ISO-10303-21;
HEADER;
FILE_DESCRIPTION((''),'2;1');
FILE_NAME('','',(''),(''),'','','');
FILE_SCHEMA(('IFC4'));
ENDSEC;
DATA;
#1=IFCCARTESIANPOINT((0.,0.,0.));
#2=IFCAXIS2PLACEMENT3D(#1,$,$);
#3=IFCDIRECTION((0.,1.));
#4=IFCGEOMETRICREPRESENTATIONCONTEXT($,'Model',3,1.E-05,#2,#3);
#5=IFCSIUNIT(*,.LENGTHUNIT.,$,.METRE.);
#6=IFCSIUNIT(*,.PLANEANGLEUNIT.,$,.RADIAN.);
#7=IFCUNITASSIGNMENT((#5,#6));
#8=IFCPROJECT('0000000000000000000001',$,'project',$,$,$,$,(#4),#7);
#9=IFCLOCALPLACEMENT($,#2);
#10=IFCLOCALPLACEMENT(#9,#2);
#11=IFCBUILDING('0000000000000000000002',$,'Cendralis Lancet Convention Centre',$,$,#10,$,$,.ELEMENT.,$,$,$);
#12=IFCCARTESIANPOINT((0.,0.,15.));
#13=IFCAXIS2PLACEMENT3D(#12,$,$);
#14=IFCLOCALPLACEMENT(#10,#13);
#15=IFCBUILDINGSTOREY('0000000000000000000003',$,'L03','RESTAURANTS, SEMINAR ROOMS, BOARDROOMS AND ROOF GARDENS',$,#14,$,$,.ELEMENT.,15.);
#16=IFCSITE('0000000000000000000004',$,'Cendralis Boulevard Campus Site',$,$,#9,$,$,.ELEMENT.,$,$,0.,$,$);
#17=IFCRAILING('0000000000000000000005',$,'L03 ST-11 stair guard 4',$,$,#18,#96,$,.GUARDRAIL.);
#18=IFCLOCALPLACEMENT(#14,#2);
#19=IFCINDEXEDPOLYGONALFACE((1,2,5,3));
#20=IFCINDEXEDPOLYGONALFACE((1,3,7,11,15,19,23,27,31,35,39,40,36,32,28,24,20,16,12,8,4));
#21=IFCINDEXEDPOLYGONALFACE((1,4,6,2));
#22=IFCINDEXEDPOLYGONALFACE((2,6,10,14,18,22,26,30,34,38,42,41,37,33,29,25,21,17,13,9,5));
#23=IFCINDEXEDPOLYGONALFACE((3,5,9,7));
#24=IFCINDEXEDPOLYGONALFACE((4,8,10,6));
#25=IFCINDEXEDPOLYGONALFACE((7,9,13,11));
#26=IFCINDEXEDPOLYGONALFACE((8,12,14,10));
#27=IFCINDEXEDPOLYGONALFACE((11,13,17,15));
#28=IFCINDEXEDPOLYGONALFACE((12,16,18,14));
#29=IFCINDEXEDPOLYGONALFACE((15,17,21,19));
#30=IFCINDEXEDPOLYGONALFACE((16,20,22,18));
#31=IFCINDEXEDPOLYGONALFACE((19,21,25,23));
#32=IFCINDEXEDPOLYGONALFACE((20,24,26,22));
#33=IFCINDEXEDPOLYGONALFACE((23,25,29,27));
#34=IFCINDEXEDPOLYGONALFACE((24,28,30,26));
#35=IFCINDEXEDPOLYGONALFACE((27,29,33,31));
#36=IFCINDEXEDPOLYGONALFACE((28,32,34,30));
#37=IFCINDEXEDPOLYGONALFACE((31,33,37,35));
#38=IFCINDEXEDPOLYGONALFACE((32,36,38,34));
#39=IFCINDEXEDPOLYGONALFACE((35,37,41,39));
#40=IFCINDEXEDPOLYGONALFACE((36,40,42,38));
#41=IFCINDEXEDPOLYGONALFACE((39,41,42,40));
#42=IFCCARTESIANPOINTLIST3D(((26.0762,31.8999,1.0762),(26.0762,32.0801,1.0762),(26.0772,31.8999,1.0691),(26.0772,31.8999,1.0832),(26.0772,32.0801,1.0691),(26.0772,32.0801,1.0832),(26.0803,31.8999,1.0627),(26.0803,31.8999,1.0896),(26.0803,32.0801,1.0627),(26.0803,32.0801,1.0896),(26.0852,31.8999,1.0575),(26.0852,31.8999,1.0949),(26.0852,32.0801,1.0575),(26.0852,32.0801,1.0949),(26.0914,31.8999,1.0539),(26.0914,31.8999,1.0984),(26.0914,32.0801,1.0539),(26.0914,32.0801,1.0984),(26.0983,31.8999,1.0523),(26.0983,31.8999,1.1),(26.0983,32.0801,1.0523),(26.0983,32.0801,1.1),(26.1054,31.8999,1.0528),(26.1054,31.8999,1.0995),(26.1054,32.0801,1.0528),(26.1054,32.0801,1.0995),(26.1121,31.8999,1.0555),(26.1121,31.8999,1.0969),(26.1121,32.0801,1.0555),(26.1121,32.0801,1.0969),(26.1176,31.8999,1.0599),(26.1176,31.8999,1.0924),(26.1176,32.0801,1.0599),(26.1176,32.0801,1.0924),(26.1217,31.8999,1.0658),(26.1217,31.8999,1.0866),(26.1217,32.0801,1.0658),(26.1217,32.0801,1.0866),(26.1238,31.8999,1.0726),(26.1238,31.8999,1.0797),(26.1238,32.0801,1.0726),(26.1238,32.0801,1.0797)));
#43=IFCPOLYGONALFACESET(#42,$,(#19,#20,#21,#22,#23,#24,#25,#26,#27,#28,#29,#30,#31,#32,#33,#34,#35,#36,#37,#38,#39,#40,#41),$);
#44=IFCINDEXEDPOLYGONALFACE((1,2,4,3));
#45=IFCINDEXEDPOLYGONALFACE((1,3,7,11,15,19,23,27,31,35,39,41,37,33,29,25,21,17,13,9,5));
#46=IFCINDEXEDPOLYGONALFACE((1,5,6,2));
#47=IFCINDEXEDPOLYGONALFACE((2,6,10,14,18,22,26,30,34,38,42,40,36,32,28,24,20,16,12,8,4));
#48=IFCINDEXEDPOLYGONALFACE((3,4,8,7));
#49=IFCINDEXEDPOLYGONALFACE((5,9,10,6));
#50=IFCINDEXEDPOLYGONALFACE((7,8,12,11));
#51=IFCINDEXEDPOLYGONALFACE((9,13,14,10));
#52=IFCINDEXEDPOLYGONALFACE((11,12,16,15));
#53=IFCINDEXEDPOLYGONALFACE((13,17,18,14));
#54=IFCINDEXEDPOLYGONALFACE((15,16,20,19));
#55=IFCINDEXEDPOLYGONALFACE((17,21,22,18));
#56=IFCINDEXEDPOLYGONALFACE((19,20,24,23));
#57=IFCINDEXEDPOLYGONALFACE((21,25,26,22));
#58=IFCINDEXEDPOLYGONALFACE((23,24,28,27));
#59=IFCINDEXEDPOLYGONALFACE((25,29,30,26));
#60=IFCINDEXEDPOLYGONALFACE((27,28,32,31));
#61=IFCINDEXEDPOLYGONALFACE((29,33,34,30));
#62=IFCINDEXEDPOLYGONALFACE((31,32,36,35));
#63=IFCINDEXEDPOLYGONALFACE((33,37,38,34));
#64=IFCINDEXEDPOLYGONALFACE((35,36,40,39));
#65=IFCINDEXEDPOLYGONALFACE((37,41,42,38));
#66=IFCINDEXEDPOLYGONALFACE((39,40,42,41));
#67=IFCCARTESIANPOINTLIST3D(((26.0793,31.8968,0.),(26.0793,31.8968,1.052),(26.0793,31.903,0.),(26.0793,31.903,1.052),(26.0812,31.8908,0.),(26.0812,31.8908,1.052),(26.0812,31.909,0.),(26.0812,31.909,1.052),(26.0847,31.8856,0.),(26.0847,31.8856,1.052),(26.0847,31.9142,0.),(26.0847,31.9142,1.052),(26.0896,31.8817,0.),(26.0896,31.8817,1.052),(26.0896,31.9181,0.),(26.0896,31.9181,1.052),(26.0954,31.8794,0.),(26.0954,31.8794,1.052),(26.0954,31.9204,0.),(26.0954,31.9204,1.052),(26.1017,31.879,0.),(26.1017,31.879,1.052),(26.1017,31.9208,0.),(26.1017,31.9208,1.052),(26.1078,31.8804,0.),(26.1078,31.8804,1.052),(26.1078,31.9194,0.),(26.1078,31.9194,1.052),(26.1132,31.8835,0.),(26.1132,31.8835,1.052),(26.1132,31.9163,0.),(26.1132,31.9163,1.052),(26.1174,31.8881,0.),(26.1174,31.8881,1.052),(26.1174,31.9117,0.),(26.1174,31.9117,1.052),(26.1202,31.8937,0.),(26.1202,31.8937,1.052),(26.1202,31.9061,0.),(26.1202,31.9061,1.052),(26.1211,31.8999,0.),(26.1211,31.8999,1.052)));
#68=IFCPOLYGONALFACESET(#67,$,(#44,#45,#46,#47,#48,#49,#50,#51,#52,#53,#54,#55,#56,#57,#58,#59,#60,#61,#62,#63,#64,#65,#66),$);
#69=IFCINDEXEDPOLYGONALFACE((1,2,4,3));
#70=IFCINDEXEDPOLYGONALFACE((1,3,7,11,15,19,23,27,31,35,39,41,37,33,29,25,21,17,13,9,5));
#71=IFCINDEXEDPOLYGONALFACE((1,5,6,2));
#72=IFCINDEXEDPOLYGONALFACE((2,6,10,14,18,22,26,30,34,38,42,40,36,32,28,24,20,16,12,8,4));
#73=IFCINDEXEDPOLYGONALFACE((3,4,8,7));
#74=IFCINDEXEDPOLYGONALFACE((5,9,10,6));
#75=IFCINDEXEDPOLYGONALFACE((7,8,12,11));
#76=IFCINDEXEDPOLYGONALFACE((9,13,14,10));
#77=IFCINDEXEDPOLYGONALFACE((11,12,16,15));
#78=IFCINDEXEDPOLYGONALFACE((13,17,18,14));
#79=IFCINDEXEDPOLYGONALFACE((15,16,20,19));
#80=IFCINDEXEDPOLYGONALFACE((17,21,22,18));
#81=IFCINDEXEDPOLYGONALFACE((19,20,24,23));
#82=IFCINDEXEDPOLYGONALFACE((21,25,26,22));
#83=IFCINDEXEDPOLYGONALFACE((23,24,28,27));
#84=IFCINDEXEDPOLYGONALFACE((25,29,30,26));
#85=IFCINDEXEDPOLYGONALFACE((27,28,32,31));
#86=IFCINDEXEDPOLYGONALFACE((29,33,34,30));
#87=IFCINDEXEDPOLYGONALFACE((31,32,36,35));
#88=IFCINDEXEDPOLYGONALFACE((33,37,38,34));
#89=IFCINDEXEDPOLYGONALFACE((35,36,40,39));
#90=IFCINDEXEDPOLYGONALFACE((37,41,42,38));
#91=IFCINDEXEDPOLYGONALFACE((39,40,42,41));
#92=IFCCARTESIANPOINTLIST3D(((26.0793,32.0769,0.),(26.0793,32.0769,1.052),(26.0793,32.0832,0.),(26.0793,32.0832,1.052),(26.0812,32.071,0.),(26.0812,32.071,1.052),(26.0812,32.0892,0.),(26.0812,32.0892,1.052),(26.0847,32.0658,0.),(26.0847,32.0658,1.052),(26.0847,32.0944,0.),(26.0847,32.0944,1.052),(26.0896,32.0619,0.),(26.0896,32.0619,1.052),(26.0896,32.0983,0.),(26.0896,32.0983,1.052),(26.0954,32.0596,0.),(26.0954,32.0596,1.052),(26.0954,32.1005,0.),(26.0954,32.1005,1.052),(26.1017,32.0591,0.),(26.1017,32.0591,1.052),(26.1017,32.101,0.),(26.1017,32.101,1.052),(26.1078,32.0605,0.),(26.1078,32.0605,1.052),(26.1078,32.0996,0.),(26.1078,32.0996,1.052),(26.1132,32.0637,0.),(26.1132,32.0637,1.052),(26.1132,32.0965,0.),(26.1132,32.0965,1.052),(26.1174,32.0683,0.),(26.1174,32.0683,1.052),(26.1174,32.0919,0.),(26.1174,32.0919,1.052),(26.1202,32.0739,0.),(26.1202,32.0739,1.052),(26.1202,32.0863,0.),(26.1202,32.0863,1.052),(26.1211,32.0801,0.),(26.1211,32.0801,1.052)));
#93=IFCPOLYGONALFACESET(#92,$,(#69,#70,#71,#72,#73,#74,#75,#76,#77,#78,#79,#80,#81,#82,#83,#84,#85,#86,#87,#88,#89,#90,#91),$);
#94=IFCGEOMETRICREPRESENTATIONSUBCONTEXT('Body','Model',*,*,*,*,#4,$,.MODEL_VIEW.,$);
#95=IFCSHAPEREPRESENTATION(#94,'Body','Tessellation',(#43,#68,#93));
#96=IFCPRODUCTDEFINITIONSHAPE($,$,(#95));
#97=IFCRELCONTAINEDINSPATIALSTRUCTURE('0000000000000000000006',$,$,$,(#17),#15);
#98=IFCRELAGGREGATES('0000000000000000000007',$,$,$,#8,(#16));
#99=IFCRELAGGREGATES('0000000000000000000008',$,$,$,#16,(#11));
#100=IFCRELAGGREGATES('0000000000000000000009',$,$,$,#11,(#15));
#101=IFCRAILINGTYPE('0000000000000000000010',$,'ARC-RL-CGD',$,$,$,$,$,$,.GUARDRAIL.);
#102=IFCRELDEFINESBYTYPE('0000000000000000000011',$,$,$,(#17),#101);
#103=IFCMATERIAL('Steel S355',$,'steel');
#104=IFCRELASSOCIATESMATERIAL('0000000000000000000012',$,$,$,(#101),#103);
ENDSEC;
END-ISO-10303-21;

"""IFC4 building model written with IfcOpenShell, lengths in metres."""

from ifc_helpers import new_model, si_unit, direction, frame, origin, origin_2d, place, context, subcontext, project, spatial, circle, extrude, material, type_object, element, save


model = new_model("IFC4")

# Units and contexts
model_context = context("Model", 3, precision=1e-05, world=origin(), true_north=direction((0.0, 1.0)))
body_context = subcontext(model_context, "Body", "Model", "MODEL_VIEW")
ifc_project = project(units=[si_unit("LENGTHUNIT", "METRE"), si_unit("PLANEANGLEUNIT", "RADIAN")], contexts=[model_context])

# Site, building, storey
site_placement = place(None, origin())
site = spatial("IfcSite", under=ifc_project, at=site_placement, Name="Cendralis Boulevard Campus Site", CompositionType="ELEMENT", RefElevation=0.0)
building_placement = place(site_placement, origin())
building = spatial("IfcBuilding", under=site, at=building_placement, Name="Cendralis Lancet Convention Centre", CompositionType="ELEMENT")
storey_placement = place(building_placement, frame((0.0, 0.0, 15.0)))
storey = spatial("IfcBuildingStorey", under=building, at=storey_placement, Name="L03", Description="RESTAURANTS, SEMINAR ROOMS, BOARDROOMS AND ROOF GARDENS", CompositionType="ELEMENT", Elevation=15.0)

# Railing
ifc_material_1 = material(Name="Steel S355", Category="steel")
railing_type_1 = type_object("IfcRailingType", Name="ARC-RL-CGD", PredefinedType="GUARDRAIL", material=ifc_material_1)
railing_1_placement = place(storey_placement, frame((26.1001, 31.8999, 0.0)))
element("IfcRailing", 1, at=railing_1_placement, inside=storey, type_object=railing_type_1, Name="L03 ST-11 stair guard 4", PredefinedType="GUARDRAIL", context=body_context, shape_type="SweptSolid", body=[
    extrude(circle(Radius=0.0239, at=origin_2d()), frame((0.0, 0.0, 1.0762), z_axis=(0.0, 1.0, 0.0), x_axis=(-1.0, 0.0, 0.0)), (0.0, 0.0, 1.0), 0.1802),
    extrude(circle(Radius=0.021, at=origin_2d()), origin(), (0.0, 0.0, 1.0), 1.052),
    extrude(circle(Radius=0.021, at=origin_2d()), frame((0.0, 0.1802, 0.0)), (0.0, 0.0, 1.0), 1.052),
])

save(model, "model.ifc")
